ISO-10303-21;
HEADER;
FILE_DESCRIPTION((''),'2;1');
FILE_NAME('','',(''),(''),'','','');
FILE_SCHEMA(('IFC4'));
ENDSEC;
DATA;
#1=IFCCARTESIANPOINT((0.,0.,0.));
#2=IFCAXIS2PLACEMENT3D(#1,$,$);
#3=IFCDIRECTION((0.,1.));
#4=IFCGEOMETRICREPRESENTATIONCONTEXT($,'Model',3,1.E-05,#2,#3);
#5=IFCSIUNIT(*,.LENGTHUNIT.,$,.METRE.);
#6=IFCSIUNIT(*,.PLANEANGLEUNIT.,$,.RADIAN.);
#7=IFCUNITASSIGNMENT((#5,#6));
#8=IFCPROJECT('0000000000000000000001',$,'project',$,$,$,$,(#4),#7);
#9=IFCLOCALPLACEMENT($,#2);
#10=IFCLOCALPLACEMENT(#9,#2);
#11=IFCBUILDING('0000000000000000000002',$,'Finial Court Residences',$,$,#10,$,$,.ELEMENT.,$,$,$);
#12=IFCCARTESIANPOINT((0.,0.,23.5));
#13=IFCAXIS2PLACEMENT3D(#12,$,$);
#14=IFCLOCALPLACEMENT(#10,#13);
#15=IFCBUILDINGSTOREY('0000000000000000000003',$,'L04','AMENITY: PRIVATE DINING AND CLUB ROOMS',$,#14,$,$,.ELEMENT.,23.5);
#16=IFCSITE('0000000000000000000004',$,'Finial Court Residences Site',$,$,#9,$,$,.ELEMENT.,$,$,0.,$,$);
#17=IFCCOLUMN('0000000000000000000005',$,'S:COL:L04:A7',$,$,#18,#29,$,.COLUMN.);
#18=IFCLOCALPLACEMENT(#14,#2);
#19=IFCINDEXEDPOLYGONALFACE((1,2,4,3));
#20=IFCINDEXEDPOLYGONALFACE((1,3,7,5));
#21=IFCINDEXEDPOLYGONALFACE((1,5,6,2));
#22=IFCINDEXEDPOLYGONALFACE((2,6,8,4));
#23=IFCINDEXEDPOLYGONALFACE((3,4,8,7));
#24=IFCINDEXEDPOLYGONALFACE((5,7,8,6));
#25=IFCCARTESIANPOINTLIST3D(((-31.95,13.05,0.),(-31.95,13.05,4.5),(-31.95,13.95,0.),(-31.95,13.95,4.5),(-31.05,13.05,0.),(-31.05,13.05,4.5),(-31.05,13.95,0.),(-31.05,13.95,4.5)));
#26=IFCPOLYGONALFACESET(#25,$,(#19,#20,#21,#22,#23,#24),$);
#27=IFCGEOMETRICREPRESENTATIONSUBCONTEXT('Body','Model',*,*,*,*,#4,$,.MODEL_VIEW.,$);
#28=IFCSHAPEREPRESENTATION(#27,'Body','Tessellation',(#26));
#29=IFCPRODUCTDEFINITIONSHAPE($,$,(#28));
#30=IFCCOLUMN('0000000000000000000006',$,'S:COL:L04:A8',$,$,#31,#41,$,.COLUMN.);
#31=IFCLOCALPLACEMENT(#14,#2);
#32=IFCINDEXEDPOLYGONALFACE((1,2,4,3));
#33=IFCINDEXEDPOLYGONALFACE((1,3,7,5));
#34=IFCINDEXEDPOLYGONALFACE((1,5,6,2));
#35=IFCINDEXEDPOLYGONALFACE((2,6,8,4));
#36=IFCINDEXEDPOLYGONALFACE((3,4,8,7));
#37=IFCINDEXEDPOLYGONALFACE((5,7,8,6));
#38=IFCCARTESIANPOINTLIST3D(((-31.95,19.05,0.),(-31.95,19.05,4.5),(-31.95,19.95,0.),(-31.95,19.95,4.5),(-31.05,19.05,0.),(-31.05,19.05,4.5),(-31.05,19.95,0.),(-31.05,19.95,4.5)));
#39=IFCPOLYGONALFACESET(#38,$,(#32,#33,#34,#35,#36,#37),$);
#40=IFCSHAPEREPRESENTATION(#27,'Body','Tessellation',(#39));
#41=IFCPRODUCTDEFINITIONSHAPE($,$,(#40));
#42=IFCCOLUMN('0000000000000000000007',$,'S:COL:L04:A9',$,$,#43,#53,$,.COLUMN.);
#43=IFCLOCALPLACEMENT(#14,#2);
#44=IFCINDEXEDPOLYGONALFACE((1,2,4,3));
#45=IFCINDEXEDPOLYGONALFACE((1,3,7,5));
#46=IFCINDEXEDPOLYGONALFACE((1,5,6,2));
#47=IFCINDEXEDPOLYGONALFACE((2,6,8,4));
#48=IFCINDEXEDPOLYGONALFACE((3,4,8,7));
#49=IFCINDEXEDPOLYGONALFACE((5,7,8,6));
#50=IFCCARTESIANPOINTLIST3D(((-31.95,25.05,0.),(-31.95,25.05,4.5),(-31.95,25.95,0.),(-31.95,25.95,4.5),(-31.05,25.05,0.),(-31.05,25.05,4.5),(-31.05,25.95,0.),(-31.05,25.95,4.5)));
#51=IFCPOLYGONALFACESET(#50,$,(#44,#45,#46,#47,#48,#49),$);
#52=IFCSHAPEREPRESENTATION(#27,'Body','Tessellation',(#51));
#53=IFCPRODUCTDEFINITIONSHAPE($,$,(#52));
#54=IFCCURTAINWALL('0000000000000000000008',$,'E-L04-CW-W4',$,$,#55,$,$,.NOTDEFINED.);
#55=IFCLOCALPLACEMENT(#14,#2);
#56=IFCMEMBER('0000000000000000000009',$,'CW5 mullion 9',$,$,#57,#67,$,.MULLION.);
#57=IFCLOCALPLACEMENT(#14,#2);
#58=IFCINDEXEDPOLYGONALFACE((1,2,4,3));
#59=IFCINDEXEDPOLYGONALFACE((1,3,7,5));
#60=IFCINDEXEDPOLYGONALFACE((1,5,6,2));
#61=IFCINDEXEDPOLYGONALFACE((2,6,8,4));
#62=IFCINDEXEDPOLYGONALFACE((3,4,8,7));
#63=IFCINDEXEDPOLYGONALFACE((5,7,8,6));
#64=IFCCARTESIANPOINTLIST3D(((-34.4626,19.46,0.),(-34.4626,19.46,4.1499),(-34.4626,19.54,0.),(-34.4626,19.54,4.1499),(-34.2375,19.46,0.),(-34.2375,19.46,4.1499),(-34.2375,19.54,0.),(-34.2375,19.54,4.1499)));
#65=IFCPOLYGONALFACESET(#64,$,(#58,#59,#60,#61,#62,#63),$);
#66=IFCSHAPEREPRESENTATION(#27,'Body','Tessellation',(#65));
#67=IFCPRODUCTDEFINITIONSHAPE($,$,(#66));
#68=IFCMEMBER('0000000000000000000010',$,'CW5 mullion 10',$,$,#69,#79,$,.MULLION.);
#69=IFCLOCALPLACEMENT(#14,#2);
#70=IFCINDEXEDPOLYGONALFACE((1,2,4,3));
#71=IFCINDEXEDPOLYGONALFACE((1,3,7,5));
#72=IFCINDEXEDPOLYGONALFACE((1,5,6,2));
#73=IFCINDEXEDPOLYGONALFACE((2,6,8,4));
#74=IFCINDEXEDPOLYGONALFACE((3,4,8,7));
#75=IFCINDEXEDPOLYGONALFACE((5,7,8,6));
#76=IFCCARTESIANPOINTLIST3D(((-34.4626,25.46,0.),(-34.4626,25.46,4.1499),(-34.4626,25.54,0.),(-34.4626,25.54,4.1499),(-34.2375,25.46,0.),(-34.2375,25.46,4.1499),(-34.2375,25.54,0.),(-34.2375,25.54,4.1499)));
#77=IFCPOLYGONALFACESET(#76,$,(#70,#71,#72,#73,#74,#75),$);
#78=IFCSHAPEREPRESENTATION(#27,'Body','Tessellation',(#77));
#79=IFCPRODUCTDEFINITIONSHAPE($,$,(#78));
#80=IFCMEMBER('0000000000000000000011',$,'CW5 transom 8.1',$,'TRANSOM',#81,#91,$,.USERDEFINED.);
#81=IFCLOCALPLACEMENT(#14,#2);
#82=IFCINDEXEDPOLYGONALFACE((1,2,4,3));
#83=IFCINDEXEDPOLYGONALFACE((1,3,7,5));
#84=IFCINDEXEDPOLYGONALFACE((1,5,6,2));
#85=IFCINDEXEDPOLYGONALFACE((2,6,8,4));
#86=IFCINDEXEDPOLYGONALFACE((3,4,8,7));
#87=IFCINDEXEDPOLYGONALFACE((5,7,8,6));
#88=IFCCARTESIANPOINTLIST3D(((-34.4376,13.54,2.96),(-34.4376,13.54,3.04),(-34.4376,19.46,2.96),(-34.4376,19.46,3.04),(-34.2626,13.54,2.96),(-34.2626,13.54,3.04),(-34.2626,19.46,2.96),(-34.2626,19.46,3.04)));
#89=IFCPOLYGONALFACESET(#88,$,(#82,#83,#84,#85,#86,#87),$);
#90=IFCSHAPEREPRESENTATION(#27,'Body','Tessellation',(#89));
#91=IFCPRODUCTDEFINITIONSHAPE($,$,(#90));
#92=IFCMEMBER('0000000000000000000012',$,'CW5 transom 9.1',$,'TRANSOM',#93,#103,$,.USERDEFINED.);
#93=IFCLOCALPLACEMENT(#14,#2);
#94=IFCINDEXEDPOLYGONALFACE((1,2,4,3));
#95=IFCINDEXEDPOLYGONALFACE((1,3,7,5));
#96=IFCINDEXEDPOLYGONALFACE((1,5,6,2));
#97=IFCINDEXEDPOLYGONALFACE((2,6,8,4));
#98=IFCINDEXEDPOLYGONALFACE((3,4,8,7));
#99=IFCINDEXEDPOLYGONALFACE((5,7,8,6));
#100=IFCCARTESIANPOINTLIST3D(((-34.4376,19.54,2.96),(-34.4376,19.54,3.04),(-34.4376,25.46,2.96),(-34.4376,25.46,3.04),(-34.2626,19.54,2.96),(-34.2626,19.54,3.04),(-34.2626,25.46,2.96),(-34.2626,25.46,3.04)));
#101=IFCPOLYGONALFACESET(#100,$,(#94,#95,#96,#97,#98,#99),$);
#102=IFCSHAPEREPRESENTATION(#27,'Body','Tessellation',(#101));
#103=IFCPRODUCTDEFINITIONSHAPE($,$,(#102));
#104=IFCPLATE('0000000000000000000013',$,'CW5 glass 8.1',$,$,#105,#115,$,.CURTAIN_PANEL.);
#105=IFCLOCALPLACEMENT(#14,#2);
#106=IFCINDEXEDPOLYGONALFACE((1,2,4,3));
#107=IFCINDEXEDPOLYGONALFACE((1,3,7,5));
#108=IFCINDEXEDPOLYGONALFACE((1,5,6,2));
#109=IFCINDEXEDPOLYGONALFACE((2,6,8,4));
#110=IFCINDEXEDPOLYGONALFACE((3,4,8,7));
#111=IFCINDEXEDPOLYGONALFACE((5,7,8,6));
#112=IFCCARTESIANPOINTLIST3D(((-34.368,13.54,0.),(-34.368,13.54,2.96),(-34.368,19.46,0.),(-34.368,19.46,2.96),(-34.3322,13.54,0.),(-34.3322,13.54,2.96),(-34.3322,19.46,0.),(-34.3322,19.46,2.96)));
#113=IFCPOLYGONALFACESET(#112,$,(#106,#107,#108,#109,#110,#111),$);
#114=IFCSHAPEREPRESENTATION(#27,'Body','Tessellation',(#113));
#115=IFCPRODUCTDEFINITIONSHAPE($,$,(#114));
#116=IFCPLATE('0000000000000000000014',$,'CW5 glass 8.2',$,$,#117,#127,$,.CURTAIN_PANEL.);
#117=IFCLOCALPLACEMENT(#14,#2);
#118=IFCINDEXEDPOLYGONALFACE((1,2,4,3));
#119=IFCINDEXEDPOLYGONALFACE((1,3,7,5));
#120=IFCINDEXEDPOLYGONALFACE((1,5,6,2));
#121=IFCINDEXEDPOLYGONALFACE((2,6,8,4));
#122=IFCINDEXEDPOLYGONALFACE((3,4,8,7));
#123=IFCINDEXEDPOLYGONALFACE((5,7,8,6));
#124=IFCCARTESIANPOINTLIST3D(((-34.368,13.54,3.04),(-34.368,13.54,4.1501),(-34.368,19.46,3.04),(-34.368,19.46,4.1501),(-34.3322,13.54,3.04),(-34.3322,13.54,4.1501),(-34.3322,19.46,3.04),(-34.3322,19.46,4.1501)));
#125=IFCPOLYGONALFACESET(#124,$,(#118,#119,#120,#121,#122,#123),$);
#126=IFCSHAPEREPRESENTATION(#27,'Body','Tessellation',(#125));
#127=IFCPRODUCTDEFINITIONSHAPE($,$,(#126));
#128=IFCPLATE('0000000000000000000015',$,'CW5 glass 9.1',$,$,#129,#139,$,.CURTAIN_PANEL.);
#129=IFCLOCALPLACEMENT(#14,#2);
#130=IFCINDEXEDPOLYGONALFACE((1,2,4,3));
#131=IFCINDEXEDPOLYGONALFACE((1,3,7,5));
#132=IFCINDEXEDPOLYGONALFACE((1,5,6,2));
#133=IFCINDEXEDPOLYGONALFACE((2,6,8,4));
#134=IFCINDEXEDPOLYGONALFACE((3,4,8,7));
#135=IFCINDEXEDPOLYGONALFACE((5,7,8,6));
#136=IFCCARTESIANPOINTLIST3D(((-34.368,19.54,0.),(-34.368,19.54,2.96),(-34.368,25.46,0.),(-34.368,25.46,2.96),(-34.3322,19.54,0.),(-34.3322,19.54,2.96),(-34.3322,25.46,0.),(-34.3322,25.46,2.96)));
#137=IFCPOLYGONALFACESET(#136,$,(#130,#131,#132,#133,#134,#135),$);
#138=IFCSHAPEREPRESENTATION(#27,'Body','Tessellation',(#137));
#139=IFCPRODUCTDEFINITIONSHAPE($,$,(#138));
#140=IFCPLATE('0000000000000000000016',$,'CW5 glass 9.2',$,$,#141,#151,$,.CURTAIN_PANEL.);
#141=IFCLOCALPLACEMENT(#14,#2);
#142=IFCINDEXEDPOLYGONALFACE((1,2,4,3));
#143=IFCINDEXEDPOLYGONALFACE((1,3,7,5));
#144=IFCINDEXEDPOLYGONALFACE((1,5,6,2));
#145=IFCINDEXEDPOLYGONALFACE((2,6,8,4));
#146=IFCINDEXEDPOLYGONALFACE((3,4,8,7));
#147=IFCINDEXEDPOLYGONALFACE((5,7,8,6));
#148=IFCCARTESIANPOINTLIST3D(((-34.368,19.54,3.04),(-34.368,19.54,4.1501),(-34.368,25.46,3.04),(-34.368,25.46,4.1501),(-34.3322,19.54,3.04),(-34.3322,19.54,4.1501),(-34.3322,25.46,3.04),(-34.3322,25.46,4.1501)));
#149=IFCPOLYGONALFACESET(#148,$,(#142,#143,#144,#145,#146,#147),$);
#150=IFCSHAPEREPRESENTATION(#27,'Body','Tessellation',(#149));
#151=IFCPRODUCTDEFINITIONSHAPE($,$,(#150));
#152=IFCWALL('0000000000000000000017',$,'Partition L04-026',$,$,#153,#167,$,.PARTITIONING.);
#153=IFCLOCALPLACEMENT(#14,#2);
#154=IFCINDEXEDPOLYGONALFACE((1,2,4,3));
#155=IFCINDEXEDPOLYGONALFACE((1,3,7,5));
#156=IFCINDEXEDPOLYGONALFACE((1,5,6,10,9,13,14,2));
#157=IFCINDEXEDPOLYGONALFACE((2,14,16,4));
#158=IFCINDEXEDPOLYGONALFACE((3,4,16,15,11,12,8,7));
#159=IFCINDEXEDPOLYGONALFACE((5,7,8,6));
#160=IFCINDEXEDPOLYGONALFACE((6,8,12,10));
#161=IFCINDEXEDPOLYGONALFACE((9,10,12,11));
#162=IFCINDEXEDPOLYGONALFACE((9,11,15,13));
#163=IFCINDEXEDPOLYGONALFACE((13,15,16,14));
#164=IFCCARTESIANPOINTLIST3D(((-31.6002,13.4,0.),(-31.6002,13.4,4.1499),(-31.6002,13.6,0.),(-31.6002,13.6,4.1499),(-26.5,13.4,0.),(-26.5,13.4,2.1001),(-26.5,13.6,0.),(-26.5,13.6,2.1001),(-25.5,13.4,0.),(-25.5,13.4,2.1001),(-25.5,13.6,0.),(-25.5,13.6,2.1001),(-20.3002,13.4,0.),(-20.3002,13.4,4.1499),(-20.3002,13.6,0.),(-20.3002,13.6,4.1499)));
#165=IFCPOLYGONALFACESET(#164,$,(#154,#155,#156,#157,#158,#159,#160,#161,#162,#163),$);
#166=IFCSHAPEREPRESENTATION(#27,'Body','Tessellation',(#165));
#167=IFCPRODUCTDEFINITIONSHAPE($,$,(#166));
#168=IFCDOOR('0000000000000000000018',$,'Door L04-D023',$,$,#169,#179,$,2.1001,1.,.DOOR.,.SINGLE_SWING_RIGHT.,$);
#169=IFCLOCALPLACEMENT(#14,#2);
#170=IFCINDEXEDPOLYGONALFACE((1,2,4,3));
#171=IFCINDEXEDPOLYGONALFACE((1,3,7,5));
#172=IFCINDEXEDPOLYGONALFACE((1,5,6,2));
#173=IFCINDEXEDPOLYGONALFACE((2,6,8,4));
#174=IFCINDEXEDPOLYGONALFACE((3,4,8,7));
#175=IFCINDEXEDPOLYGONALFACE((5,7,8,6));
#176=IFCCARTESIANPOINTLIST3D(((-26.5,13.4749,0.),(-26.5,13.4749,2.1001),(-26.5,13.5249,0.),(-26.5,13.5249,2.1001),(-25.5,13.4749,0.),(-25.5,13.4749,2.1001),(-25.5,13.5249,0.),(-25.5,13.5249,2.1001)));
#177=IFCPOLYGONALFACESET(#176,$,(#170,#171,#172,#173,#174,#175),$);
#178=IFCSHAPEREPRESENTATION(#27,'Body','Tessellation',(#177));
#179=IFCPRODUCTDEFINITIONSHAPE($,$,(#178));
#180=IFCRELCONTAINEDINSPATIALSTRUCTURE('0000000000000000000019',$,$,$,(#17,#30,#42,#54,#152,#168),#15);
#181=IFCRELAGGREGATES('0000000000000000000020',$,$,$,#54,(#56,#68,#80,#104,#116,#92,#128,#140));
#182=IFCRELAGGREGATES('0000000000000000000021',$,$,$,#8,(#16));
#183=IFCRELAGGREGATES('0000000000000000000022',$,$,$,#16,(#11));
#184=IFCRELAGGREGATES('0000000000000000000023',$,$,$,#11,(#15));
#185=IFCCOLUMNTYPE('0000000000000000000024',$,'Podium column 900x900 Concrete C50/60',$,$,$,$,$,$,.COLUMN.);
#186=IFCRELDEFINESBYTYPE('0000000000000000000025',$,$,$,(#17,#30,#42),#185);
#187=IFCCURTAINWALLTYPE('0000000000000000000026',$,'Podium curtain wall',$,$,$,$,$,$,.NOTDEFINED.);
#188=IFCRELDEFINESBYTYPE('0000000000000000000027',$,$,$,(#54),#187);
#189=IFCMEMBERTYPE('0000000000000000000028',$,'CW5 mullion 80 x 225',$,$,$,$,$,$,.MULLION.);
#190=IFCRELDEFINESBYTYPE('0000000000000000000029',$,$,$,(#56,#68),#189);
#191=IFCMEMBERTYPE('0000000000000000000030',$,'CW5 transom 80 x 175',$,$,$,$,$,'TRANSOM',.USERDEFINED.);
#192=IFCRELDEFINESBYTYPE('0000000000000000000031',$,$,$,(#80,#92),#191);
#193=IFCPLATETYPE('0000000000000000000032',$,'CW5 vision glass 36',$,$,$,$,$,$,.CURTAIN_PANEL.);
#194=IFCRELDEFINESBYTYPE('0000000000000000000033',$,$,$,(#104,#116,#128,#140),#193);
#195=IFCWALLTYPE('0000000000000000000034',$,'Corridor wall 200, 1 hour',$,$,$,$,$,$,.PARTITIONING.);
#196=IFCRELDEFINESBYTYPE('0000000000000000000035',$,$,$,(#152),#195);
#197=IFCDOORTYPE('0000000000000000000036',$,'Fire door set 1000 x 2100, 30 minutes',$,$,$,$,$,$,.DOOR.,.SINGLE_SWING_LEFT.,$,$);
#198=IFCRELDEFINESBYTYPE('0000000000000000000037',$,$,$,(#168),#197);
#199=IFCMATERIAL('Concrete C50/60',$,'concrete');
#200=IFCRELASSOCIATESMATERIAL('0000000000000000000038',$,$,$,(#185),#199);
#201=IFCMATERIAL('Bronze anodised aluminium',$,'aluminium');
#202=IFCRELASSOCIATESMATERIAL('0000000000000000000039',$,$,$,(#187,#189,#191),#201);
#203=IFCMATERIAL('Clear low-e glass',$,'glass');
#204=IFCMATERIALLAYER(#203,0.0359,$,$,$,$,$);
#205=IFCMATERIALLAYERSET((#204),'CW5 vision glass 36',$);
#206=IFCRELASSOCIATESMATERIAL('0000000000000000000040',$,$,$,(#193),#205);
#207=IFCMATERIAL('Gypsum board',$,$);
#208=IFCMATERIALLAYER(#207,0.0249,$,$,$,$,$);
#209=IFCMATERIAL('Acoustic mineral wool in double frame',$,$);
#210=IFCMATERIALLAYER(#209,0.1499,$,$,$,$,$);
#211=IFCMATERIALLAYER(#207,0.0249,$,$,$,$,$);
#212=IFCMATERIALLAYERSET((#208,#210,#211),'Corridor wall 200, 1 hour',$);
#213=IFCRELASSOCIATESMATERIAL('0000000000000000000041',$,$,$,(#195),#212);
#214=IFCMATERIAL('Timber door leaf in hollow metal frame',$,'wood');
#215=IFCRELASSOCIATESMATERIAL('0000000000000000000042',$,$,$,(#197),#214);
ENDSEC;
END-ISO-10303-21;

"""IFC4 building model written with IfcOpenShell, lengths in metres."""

from ifc_helpers import new_model, si_unit, direction, frame, frame_2d, origin, origin_2d, place, context, subcontext, project, spatial, rectangle, extrude, material, layer, layer_set, material_profile, profile_set, type_object, element, fill, aggregate, save


model = new_model("IFC4")

# Units and contexts
model_context = context("Model", 3, precision=1e-05, world=origin(), true_north=direction((0.0, 1.0)))
body_context = subcontext(model_context, "Body", "Model", "MODEL_VIEW")
ifc_project = project(units=[si_unit("LENGTHUNIT", "METRE"), si_unit("PLANEANGLEUNIT", "RADIAN")], contexts=[model_context])

# Site, building, storey
site_placement = place(None, origin())
site = spatial("IfcSite", under=ifc_project, at=site_placement, Name="Finial Court Residences Site", CompositionType="ELEMENT", RefElevation=0.0)
building_placement = place(site_placement, origin())
building = spatial("IfcBuilding", under=site, at=building_placement, Name="Finial Court Residences", CompositionType="ELEMENT")
storey_placement = place(building_placement, frame((0.0, 0.0, 23.5)))
storey = spatial("IfcBuildingStorey", under=building, at=storey_placement, Name="L04", Description="AMENITY: PRIVATE DINING AND CLUB ROOMS", CompositionType="ELEMENT", Elevation=23.5)

# Columns
ifc_material_1 = material(Name="Concrete C50/60", Category="concrete")
ifc_material_profile_1 = material_profile(ifc_material_1, rectangle(XDim=0.8999, YDim=0.8999, at=origin_2d()), Name="900x900")
ifc_profile_set_1 = profile_set([ifc_material_profile_1], Name="Concrete C50/60")
column_type = type_object("IfcColumnType", Name="Podium column 900x900 Concrete C50/60", PredefinedType="COLUMN", material=ifc_profile_set_1)
for number, where, z_axis, x_axis, name in (
    (1, (-31.5, 13.5, 0.0), (0.0, 0.0, 1.0), (1.0, 0.0, 0.0), "S:COL:L04:A7"),
    (2, (-31.5, 19.5, 0.0), (0.0, 0.0, 1.0), (1.0, 0.0, 0.0), "S:COL:L04:A8"),
    (3, (-31.5, 25.5, 0.0), (0.0, 0.0, 1.0), (1.0, 0.0, 0.0), "S:COL:L04:A9"),
):
    element("IfcColumn", number, at=place(storey_placement, frame(where, z_axis=z_axis, x_axis=x_axis)), inside=storey, type_object=column_type, Name=name, PredefinedType="COLUMN", context=body_context, shape_type="SweptSolid", body=[
        extrude(rectangle(XDim=0.8999, YDim=0.8999, at=origin_2d()), origin(), (0.0, 0.0, 1.0), 4.5),
    ])

# Curtain wall, members, plates
ifc_material_2 = material(Name="Bronze anodised aluminium", Category="aluminium")
curtain_wall_type = type_object("IfcCurtainWallType", Name="Podium curtain wall", PredefinedType="NOTDEFINED", material=ifc_material_2)
curtain_wall_placement = place(storey_placement, origin())
curtain_wall = element("IfcCurtainWall", 4, at=curtain_wall_placement, inside=storey, type_object=curtain_wall_type, Name="E-L04-CW-W4", PredefinedType="NOTDEFINED")
ifc_material_profile_2 = material_profile(ifc_material_2, rectangle(XDim=0.2251, YDim=0.0801, at=origin_2d()), Name="CW5 mullion 80 x 225")
ifc_profile_set_2 = profile_set([ifc_material_profile_2], Name="Bronze anodised aluminium")
member_type_1 = type_object("IfcMemberType", Name="CW5 mullion 80 x 225", PredefinedType="MULLION", material=ifc_profile_set_2)
member_1_placement = place(storey_placement, frame((-34.3501, 19.5, 0.0), z_axis=(0.0, 0.0, 1.0), x_axis=(-1.0, 0.0, 0.0)))
member_1 = element("IfcMember", 5, at=member_1_placement, type_object=member_type_1, Name="CW5 mullion 9", PredefinedType="MULLION", context=body_context, shape_type="SweptSolid", body=[
    extrude(rectangle(XDim=0.2251, YDim=0.0801, at=origin_2d()), origin(), (0.0, 0.0, 1.0), 4.1499),
])
member_2_placement = place(storey_placement, frame((-34.3501, 25.5, 0.0), z_axis=(0.0, 0.0, 1.0), x_axis=(-1.0, 0.0, 0.0)))
member_2 = element("IfcMember", 6, at=member_2_placement, type_object=member_type_1, Name="CW5 mullion 10", PredefinedType="MULLION", context=body_context, shape_type="SweptSolid", body=[
    extrude(rectangle(XDim=0.2251, YDim=0.0801, at=origin_2d()), origin(), (0.0, 0.0, 1.0), 4.1499),
])
ifc_material_profile_3 = material_profile(ifc_material_2, rectangle(XDim=0.175, YDim=0.0801, at=origin_2d()), Name="CW5 transom 80 x 175")
ifc_profile_set_3 = profile_set([ifc_material_profile_3], Name="Bronze anodised aluminium")
member_type_2 = type_object("IfcMemberType", Name="CW5 transom 80 x 175", ElementType="TRANSOM", PredefinedType="USERDEFINED", material=ifc_profile_set_3)
member_3_placement = place(storey_placement, frame((-34.3501, 13.54, 3.0), z_axis=(0.0, 1.0, 0.0), x_axis=(-1.0, 0.0, 0.0)))
member_3 = element("IfcMember", 7, at=member_3_placement, type_object=member_type_2, Name="CW5 transom 8.1", ObjectType="TRANSOM", PredefinedType="USERDEFINED", context=body_context, shape_type="SweptSolid", body=[
    extrude(rectangle(XDim=0.175, YDim=0.0801, at=origin_2d()), origin(), (0.0, 0.0, 1.0), 5.9199),
])
member_4_placement = place(storey_placement, frame((-34.3501, 19.54, 3.0), z_axis=(0.0, 1.0, 0.0), x_axis=(-1.0, 0.0, 0.0)))
member_4 = element("IfcMember", 8, at=member_4_placement, type_object=member_type_2, Name="CW5 transom 9.1", ObjectType="TRANSOM", PredefinedType="USERDEFINED", context=body_context, shape_type="SweptSolid", body=[
    extrude(rectangle(XDim=0.175, YDim=0.0801, at=origin_2d()), origin(), (0.0, 0.0, 1.0), 5.9199),
])
ifc_material_3 = material(Name="Clear low-e glass", Category="glass")
ifc_layer_1 = layer(ifc_material_3, 0.0359)
ifc_layer_set_1 = layer_set([ifc_layer_1], Name="CW5 vision glass 36")
plate_type = type_object("IfcPlateType", Name="CW5 vision glass 36", PredefinedType="CURTAIN_PANEL", material=ifc_layer_set_1)
plate_1_placement = place(storey_placement, frame((-34.3501, 16.5, 0.0), z_axis=(0.0, 0.0, 1.0), x_axis=(0.0, 1.0, 0.0)))
plate_1 = element("IfcPlate", 9, at=plate_1_placement, type_object=plate_type, Name="CW5 glass 8.1", PredefinedType="CURTAIN_PANEL", context=body_context, shape_type="SweptSolid", body=[
    extrude(rectangle(XDim=5.9199, YDim=0.0359, at=origin_2d()), origin(), (0.0, 0.0, 1.0), 2.96),
])
plate_2_placement = place(storey_placement, frame((-34.3501, 16.5, 3.04), z_axis=(0.0, 0.0, 1.0), x_axis=(0.0, 1.0, 0.0)))
plate_2 = element("IfcPlate", 10, at=plate_2_placement, type_object=plate_type, Name="CW5 glass 8.2", PredefinedType="CURTAIN_PANEL", context=body_context, shape_type="SweptSolid", body=[
    extrude(rectangle(XDim=5.9199, YDim=0.0359, at=origin_2d()), origin(), (0.0, 0.0, 1.0), 1.1101),
])
plate_3_placement = place(storey_placement, frame((-34.3501, 22.5, 0.0), z_axis=(0.0, 0.0, 1.0), x_axis=(0.0, 1.0, 0.0)))
plate_3 = element("IfcPlate", 11, at=plate_3_placement, type_object=plate_type, Name="CW5 glass 9.1", PredefinedType="CURTAIN_PANEL", context=body_context, shape_type="SweptSolid", body=[
    extrude(rectangle(XDim=5.9199, YDim=0.0359, at=origin_2d()), origin(), (0.0, 0.0, 1.0), 2.96),
])
plate_4_placement = place(storey_placement, frame((-34.3501, 22.5, 3.04), z_axis=(0.0, 0.0, 1.0), x_axis=(0.0, 1.0, 0.0)))
plate_4 = element("IfcPlate", 12, at=plate_4_placement, type_object=plate_type, Name="CW5 glass 9.2", PredefinedType="CURTAIN_PANEL", context=body_context, shape_type="SweptSolid", body=[
    extrude(rectangle(XDim=5.9199, YDim=0.0359, at=origin_2d()), origin(), (0.0, 0.0, 1.0), 1.1101),
])
aggregate(curtain_wall, [member_1, member_2, member_3, plate_1, plate_2, member_4, plate_3, plate_4])

# Wall, opening, door
ifc_material_4 = material(Name="Gypsum board")
ifc_layer_2 = layer(ifc_material_4, 0.0249)
ifc_material_5 = material(Name="Acoustic mineral wool in double frame")
ifc_layer_3 = layer(ifc_material_5, 0.1499)
ifc_layer_4 = layer(ifc_material_4, 0.0249)
ifc_layer_set_2 = layer_set([ifc_layer_2, ifc_layer_3, ifc_layer_4], Name="Corridor wall 200, 1 hour")
wall_type_1 = type_object("IfcWallType", Name="Corridor wall 200, 1 hour", PredefinedType="PARTITIONING", material=ifc_layer_set_2)
wall_1_placement = place(storey_placement, frame((-31.6001, 13.5, 0.0), z_axis=(0.0, 0.0, 1.0), x_axis=(1.0, 0.0, 0.0)))
wall_1 = element("IfcWall", 13, at=wall_1_placement, inside=storey, type_object=wall_type_1, Name="Partition L04-026", PredefinedType="PARTITIONING", context=body_context, shape_type="SweptSolid", body=[
    extrude(rectangle(XDim=11.3, YDim=0.2, at=frame_2d((5.6499, 0.0))), origin(), (0.0, 0.0, 1.0), 4.1499),
])
opening_1_placement = place(wall_1_placement, frame((5.1001, 0.0, 0.0)))
opening_1 = element("IfcOpeningElement", 14, at=opening_1_placement, cuts=wall_1, PredefinedType="OPENING", context=body_context, shape_type="SweptSolid", body=[
    extrude(rectangle(XDim=1.0, YDim=2.1001, at=frame_2d((0.5, 1.05))), frame((0.0, 0.1099, 0.0), z_axis=(0.0, -1.0, 0.0), x_axis=(1.0, 0.0, 0.0)), (0.0, 0.0, 1.0), 0.22),
])
ifc_material_6 = material(Name="Timber door leaf in hollow metal frame", Category="wood")
door_type_1 = type_object("IfcDoorType", Name="Fire door set 1000 x 2100, 30 minutes", OperationType="SINGLE_SWING_LEFT", PredefinedType="DOOR", material=ifc_material_6)
door_1_placement = place(opening_1_placement, origin())
door_1 = element("IfcDoor", 15, at=door_1_placement, inside=storey, type_object=door_type_1, Name="Door L04-D023", OperationType="SINGLE_SWING_RIGHT", OverallHeight=2.1001, OverallWidth=1.0, PredefinedType="DOOR", context=body_context, shape_type="SweptSolid", body=[
    extrude(rectangle(XDim=1.0, YDim=2.1001, at=frame_2d((0.5, 1.05))), frame((0.0, 0.0249, 0.0), z_axis=(0.0, -1.0, 0.0), x_axis=(1.0, 0.0, 0.0)), (0.0, 0.0, 1.0), 0.05),
])
fill(opening_1, door_1)

save(model, "model.ifc")
